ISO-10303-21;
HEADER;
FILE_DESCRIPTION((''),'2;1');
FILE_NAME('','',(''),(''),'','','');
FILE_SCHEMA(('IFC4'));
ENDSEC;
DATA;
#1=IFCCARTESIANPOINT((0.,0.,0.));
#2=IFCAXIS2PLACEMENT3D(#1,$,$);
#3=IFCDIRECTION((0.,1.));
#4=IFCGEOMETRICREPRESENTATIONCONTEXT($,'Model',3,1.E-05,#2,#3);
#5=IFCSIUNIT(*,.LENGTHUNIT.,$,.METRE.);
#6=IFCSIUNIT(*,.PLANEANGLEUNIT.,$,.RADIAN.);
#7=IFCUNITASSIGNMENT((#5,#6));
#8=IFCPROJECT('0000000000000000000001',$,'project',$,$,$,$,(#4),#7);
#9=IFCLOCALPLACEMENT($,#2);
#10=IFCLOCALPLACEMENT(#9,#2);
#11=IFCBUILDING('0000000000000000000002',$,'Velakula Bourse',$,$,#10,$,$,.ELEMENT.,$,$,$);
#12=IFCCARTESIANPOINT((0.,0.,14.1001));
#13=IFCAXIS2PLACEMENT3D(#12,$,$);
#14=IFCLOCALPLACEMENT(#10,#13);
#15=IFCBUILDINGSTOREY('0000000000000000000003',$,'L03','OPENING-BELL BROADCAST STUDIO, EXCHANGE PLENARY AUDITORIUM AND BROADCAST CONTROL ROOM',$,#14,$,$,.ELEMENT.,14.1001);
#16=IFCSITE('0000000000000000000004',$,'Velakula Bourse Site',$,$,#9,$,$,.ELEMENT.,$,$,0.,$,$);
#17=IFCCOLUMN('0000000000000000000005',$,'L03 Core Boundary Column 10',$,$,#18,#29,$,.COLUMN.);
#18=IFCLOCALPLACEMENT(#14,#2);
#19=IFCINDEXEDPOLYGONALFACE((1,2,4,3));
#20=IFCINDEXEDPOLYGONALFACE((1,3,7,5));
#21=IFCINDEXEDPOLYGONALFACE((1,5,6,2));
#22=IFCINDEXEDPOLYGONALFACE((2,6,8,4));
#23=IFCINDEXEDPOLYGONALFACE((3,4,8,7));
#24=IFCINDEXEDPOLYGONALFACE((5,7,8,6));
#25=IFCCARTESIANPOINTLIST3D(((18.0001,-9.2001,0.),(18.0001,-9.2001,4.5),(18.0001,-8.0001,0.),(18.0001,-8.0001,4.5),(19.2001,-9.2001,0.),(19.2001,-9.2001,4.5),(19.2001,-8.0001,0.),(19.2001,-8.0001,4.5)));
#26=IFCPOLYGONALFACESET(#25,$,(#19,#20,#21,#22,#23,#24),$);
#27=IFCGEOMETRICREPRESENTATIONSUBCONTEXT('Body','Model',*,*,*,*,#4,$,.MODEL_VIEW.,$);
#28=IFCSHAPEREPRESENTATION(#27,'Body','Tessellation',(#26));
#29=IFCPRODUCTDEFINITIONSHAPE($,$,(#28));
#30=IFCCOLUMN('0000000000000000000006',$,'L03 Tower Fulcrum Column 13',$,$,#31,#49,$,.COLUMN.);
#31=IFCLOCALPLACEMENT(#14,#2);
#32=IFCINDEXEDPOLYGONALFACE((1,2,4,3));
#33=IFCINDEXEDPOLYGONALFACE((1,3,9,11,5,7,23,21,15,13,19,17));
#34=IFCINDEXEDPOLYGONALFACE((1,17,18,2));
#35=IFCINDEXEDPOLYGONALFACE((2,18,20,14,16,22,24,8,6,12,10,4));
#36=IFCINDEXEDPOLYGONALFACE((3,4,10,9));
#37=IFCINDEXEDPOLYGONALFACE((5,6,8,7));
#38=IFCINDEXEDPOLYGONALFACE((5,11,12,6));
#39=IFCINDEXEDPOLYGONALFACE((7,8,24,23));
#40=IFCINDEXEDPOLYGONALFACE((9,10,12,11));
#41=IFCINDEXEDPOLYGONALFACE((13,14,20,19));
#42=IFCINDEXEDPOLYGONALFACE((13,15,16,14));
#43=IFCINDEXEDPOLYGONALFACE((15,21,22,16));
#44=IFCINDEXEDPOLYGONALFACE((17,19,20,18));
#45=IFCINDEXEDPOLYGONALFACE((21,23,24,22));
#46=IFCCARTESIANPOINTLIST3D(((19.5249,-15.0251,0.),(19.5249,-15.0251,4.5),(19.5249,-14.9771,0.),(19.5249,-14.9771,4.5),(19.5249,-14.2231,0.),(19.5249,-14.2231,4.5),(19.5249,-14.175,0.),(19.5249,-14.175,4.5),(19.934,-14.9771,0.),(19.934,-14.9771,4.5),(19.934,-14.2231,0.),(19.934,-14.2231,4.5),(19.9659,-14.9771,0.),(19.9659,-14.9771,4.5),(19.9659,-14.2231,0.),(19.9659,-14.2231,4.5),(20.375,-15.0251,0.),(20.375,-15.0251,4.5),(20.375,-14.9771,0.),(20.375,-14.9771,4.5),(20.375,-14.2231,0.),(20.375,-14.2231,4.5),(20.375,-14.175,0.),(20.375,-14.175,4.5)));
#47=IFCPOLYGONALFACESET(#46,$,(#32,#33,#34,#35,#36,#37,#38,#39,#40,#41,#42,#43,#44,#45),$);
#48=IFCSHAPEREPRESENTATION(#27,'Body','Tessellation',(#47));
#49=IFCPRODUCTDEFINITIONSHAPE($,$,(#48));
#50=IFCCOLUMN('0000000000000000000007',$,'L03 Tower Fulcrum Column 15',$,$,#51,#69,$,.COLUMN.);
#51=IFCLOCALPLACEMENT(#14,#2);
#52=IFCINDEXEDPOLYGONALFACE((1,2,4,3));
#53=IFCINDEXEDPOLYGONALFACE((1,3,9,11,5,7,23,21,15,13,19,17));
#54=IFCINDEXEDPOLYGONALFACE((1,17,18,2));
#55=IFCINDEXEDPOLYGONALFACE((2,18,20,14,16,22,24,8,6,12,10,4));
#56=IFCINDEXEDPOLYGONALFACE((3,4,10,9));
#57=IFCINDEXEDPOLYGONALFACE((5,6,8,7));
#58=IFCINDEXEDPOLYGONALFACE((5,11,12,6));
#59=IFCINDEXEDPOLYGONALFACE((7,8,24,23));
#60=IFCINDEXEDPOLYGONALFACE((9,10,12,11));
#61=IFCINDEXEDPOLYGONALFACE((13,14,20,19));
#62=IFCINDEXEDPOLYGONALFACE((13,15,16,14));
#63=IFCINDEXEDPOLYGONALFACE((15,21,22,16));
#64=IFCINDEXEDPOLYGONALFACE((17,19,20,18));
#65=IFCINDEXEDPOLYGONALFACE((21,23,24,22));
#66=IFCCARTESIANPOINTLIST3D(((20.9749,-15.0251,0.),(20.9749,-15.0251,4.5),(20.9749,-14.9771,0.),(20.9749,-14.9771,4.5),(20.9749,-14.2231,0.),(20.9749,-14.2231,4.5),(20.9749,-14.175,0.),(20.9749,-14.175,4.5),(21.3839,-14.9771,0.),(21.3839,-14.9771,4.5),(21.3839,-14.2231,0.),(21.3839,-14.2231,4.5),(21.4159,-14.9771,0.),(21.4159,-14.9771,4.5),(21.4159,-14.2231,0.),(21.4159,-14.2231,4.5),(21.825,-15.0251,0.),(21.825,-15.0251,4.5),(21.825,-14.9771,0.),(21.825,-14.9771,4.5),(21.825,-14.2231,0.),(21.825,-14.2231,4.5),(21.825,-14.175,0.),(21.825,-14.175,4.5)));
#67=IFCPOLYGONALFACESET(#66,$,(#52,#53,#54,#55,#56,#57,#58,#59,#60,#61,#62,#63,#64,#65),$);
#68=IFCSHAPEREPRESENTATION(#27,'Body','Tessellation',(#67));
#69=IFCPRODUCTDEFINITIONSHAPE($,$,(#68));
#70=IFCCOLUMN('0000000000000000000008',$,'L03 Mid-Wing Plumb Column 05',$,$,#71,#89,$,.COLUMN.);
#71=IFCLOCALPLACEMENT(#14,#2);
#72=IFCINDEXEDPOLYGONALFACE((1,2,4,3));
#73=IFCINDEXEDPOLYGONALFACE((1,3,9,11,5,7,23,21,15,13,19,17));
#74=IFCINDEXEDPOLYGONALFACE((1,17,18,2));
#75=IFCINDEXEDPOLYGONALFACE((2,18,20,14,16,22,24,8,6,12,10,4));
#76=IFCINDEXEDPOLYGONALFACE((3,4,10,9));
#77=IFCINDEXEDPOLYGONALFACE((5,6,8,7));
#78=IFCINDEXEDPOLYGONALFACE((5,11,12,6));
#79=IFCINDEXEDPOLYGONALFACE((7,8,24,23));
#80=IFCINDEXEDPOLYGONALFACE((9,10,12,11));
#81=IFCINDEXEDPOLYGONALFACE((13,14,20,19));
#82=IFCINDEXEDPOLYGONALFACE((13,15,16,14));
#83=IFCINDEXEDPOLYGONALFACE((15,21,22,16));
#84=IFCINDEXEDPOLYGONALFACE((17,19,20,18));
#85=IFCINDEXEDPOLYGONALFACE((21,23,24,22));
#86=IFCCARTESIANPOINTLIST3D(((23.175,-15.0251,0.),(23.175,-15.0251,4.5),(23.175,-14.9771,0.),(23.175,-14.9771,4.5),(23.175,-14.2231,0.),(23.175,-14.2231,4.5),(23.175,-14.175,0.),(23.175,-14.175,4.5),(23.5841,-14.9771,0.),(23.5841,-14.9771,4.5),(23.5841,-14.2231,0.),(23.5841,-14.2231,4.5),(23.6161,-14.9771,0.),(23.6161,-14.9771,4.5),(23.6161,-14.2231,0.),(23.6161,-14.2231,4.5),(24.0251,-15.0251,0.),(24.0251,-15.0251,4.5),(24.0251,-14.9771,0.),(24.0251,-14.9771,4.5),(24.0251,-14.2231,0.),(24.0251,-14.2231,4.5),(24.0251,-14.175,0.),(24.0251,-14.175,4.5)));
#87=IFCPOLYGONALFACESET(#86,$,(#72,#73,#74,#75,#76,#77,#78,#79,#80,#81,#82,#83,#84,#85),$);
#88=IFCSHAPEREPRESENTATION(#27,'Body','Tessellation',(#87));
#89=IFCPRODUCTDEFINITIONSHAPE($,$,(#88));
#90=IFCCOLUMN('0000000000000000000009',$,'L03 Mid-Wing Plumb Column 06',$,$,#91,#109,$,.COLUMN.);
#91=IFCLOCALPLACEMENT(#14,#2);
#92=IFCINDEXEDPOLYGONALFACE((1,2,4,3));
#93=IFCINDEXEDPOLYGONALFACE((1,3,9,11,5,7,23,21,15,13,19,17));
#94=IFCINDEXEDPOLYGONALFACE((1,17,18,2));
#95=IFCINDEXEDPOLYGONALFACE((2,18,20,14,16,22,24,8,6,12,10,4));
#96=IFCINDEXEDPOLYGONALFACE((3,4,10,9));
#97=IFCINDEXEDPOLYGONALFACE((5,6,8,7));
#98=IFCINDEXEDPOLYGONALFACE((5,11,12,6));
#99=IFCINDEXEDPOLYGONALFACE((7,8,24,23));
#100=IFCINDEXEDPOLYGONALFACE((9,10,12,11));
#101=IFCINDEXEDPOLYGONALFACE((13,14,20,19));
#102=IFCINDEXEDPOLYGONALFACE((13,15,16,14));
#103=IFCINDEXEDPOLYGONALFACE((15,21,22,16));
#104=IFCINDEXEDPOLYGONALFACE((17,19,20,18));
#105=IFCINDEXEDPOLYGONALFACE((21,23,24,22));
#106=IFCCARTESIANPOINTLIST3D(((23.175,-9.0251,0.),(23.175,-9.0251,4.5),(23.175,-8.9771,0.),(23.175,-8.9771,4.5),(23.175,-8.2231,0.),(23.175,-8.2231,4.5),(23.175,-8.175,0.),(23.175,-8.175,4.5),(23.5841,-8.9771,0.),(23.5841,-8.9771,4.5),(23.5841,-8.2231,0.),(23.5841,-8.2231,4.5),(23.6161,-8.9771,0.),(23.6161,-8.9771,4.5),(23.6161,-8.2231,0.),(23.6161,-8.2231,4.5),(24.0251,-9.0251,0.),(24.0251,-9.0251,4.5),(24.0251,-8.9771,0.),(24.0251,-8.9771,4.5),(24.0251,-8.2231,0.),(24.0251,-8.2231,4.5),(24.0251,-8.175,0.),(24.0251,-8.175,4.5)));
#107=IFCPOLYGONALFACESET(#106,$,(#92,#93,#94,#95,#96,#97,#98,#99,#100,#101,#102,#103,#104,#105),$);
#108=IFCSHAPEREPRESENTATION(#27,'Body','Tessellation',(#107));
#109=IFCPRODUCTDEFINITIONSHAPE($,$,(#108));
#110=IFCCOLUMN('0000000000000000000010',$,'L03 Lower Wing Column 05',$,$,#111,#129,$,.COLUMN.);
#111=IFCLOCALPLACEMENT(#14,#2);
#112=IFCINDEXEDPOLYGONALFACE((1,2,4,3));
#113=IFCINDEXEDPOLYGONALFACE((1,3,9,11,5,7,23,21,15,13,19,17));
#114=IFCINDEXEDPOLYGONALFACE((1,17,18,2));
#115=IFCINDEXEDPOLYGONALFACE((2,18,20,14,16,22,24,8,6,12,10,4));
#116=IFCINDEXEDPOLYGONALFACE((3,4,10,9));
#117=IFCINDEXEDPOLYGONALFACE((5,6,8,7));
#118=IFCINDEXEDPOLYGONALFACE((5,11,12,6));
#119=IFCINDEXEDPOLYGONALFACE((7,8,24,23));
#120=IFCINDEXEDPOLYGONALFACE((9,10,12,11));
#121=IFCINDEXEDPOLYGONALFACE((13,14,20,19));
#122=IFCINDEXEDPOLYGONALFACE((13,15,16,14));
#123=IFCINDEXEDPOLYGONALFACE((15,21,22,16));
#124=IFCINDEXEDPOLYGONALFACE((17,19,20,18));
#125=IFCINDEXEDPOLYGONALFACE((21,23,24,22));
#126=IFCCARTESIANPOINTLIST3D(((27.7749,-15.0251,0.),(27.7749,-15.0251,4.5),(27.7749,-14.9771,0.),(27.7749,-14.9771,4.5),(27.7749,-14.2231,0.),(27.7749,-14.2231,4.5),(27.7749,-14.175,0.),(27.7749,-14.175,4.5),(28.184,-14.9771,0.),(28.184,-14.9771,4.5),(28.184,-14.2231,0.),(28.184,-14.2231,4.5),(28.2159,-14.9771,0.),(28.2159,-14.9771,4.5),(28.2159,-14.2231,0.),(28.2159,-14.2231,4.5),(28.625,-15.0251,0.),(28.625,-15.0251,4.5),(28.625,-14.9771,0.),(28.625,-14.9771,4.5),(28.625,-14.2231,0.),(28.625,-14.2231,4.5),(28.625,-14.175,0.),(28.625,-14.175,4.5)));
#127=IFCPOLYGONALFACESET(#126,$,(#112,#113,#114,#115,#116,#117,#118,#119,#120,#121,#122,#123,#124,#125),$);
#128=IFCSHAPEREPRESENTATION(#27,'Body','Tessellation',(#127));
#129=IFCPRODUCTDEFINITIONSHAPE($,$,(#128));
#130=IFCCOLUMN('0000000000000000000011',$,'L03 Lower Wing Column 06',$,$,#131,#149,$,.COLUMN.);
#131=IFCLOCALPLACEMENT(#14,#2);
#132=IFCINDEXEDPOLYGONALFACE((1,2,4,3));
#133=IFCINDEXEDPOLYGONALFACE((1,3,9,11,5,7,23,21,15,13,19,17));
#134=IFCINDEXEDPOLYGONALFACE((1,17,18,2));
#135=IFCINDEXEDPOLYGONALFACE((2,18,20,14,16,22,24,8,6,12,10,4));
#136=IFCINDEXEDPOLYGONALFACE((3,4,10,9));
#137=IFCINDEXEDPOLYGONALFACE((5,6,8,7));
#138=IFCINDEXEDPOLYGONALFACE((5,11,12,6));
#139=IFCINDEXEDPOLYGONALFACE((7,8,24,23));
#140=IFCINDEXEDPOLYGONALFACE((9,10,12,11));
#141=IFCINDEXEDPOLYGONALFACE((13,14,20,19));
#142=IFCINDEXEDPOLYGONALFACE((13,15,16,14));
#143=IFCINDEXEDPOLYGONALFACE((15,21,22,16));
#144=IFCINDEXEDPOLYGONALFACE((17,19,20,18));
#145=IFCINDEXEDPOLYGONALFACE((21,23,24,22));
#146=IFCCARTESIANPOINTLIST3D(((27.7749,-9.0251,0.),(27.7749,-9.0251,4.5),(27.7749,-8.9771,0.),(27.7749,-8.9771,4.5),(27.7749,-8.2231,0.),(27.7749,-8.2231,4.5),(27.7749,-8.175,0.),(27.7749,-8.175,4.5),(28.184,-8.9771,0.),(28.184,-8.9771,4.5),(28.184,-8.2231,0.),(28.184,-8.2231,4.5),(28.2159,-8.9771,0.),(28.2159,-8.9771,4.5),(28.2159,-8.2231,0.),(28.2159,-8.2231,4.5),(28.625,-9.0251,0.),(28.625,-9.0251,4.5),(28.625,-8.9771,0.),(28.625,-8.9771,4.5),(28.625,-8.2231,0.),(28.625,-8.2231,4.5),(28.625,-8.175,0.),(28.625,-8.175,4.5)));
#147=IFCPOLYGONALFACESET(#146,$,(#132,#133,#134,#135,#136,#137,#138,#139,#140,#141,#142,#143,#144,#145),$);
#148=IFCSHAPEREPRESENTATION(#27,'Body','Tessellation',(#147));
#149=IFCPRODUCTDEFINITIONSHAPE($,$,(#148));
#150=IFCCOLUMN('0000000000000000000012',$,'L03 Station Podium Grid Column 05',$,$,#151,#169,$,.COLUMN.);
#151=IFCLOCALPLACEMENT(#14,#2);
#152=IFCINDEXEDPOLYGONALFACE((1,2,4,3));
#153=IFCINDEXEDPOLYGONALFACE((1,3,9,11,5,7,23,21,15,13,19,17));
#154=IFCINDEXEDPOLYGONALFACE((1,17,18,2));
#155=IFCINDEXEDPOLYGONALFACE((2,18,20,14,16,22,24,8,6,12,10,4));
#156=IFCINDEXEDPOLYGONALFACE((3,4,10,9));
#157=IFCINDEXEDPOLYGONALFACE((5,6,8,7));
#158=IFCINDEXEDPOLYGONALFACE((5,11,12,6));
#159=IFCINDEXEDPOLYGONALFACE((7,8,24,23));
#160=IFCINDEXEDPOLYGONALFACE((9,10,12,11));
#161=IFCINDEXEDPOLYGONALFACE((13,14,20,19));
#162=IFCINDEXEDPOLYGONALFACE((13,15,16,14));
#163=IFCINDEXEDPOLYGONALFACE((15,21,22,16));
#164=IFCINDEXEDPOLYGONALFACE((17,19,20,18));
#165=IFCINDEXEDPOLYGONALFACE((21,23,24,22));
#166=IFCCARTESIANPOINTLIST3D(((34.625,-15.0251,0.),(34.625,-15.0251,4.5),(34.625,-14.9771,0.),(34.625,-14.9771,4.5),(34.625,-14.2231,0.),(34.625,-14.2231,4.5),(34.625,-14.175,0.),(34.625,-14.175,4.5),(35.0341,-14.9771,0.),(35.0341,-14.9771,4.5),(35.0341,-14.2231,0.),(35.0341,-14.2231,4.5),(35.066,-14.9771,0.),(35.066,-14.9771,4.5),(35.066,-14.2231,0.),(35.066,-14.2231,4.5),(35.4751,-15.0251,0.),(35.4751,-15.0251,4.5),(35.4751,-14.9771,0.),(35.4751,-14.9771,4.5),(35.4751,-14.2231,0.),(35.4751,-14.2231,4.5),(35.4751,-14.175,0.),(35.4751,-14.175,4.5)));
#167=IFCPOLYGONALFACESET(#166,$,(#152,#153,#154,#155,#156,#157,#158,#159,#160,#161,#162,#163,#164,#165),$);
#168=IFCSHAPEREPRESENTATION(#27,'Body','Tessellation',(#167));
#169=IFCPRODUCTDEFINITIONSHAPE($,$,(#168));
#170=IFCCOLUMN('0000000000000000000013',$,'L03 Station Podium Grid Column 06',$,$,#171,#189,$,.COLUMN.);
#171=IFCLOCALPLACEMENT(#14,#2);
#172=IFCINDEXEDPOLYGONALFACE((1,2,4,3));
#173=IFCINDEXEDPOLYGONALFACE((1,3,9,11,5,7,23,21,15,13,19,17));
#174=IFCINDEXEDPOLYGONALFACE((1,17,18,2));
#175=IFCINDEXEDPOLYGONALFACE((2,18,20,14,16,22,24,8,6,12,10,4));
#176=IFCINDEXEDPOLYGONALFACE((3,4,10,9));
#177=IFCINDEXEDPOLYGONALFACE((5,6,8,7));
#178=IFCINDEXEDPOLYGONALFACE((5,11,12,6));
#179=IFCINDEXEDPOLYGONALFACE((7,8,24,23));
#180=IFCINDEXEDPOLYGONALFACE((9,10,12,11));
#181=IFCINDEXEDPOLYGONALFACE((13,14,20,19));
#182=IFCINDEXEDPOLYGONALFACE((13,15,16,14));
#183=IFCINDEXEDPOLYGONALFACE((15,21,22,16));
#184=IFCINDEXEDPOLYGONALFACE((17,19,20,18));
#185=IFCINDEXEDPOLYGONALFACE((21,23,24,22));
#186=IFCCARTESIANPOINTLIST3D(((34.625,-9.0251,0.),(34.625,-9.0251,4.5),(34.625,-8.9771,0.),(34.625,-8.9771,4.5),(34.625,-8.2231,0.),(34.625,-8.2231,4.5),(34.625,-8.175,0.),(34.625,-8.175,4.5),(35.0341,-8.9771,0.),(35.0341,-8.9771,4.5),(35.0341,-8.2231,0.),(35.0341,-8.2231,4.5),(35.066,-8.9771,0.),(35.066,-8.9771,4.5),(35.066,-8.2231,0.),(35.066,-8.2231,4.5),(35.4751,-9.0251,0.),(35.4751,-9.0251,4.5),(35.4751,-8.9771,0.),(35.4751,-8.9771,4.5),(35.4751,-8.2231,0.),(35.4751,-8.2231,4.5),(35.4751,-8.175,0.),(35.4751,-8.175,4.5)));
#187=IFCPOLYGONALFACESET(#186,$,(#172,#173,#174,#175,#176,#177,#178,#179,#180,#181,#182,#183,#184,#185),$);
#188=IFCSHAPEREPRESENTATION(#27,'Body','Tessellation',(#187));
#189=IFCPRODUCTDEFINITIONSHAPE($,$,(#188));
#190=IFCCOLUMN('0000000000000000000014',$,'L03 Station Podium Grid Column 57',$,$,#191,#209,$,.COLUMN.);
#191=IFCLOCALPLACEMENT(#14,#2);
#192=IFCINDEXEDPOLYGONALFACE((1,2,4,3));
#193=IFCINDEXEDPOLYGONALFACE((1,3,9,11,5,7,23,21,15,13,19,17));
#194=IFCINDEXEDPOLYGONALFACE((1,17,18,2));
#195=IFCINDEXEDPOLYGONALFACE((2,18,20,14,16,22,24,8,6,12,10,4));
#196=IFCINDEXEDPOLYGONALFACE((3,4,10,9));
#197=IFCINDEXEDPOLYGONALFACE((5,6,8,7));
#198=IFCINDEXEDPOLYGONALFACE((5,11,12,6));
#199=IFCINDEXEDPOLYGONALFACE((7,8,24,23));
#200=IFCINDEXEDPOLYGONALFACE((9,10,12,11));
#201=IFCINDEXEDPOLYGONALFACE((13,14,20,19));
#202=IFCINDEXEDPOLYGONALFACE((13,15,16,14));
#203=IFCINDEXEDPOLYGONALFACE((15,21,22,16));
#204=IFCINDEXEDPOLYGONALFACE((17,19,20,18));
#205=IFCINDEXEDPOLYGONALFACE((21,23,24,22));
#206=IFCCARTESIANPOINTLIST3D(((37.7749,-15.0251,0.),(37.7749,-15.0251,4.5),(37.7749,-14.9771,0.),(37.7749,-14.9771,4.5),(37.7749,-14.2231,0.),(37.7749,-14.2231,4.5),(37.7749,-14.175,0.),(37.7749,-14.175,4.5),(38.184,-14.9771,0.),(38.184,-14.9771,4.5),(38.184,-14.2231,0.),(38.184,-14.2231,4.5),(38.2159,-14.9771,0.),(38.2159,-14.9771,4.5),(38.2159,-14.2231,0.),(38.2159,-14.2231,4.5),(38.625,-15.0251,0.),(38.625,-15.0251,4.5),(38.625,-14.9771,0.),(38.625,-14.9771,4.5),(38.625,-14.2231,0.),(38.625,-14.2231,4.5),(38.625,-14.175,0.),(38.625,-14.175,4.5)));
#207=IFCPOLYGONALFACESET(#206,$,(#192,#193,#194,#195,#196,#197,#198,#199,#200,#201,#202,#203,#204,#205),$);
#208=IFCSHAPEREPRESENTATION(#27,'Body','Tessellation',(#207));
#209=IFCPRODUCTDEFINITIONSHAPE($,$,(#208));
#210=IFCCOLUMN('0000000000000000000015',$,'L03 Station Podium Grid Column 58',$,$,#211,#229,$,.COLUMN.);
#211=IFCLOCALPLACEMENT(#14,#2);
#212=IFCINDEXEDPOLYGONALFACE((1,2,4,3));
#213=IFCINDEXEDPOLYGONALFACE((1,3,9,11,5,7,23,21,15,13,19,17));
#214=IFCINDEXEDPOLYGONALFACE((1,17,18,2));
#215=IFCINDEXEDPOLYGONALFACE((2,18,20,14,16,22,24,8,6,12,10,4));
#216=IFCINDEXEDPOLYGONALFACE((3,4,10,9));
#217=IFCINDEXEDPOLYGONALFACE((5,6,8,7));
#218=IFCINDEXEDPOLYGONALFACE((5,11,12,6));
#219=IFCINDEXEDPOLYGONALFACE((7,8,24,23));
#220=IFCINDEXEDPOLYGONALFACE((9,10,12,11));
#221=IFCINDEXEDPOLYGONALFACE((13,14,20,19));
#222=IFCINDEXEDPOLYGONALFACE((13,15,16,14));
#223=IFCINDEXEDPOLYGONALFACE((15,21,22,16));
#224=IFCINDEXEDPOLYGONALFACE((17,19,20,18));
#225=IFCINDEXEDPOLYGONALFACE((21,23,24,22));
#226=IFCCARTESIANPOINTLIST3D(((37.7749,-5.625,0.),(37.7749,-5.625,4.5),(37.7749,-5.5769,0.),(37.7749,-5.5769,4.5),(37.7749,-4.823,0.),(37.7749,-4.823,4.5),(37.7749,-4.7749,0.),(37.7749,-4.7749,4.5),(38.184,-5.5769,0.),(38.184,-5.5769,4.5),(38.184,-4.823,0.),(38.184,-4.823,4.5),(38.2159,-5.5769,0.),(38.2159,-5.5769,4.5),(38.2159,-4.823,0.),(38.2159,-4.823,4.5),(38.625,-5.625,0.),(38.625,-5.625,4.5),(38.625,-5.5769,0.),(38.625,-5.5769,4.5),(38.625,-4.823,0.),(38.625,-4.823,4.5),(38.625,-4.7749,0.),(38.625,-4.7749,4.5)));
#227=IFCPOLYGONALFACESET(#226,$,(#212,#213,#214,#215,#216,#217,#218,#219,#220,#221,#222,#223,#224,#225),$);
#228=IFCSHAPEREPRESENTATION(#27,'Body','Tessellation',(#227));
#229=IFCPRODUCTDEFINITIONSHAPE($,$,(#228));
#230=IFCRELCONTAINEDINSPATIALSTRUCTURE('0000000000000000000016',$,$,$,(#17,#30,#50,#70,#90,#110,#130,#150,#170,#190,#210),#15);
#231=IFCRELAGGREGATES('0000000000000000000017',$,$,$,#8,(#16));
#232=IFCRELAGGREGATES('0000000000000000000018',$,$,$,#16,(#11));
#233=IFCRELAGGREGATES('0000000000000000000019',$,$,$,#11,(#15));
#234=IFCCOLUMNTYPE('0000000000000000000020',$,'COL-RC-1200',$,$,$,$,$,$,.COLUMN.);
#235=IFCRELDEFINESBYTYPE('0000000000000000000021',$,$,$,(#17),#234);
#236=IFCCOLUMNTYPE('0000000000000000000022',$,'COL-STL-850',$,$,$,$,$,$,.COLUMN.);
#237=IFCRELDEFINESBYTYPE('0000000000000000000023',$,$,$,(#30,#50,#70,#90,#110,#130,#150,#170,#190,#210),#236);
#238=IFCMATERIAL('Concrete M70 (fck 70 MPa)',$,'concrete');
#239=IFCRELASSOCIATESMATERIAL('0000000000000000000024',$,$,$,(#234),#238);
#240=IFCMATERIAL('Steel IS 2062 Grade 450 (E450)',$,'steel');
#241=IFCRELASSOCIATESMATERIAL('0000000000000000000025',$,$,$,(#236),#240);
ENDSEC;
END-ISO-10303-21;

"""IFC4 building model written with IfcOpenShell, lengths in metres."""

from ifc_helpers import new_model, si_unit, direction, frame, origin, origin_2d, place, context, subcontext, project, spatial, rectangle, i_section, extrude, material, material_profile, profile_set, type_object, element, save


model = new_model("IFC4")

# Units and contexts
model_context = context("Model", 3, precision=1e-05, world=origin(), true_north=direction((0.0, 1.0)))
body_context = subcontext(model_context, "Body", "Model", "MODEL_VIEW")
ifc_project = project(units=[si_unit("LENGTHUNIT", "METRE"), si_unit("PLANEANGLEUNIT", "RADIAN")], contexts=[model_context])

# Site, building, storey
site_placement = place(None, origin())
site = spatial("IfcSite", under=ifc_project, at=site_placement, Name="Velakula Bourse Site", CompositionType="ELEMENT", RefElevation=0.0)
building_placement = place(site_placement, origin())
building = spatial("IfcBuilding", under=site, at=building_placement, Name="Velakula Bourse", CompositionType="ELEMENT")
storey_placement = place(building_placement, frame((0.0, 0.0, 14.1001)))
storey = spatial("IfcBuildingStorey", under=building, at=storey_placement, Name="L03", Description="OPENING-BELL BROADCAST STUDIO, EXCHANGE PLENARY AUDITORIUM AND BROADCAST CONTROL ROOM", CompositionType="ELEMENT", Elevation=14.1001)

# Columns
ifc_material_1 = material(Name="Concrete M70 (fck 70 MPa)", Category="concrete")
ifc_material_profile_1 = material_profile(ifc_material_1, rectangle(XDim=1.2, YDim=1.2, at=origin_2d()), Name="Concrete M70 (fck 70 MPa)")
ifc_profile_set_1 = profile_set([ifc_material_profile_1], Name="Concrete M70 (fck 70 MPa)")
column_type_1 = type_object("IfcColumnType", Name="COL-RC-1200", PredefinedType="COLUMN", material=ifc_profile_set_1)
column_placement = place(storey_placement, frame((18.6001, -8.6001, 0.0), z_axis=(0.0, 0.0, 1.0), x_axis=(1.0, 0.0, 0.0)))
element("IfcColumn", 1, at=column_placement, inside=storey, type_object=column_type_1, Name="L03 Core Boundary Column 10", PredefinedType="COLUMN", context=body_context, shape_type="SweptSolid", body=[
    extrude(rectangle(XDim=1.2, YDim=1.2, at=origin_2d()), origin(), (0.0, 0.0, 1.0), 4.5),
])
ifc_material_2 = material(Name="Steel IS 2062 Grade 450 (E450)", Category="steel")
ifc_material_profile_2 = material_profile(ifc_material_2, i_section(OverallWidth=0.8501, OverallDepth=0.8501, WebThickness=0.032, FlangeThickness=0.0481, at=origin_2d()), Name="Steel IS 2062 Grade 450 (E450)")
ifc_profile_set_2 = profile_set([ifc_material_profile_2], Name="Steel IS 2062 Grade 450 (E450)")
column_type_2 = type_object("IfcColumnType", Name="COL-STL-850", PredefinedType="COLUMN", material=ifc_profile_set_2)
for number, where, z_axis, x_axis, name in (
    (2, (19.95, -14.6001, 0.0), (0.0, 0.0, 1.0), (1.0, 0.0, 0.0), "L03 Tower Fulcrum Column 13"),
    (3, (21.3999, -14.6001, 0.0), (0.0, 0.0, 1.0), (1.0, 0.0, 0.0), "L03 Tower Fulcrum Column 15"),
    (4, (23.6001, -14.6001, 0.0), (0.0, 0.0, 1.0), (1.0, 0.0, 0.0), "L03 Mid-Wing Plumb Column 05"),
    (5, (23.6001, -8.6001, 0.0), (0.0, 0.0, 1.0), (1.0, 0.0, 0.0), "L03 Mid-Wing Plumb Column 06"),
    (6, (28.2, -14.6001, 0.0), (0.0, 0.0, 1.0), (1.0, 0.0, 0.0), "L03 Lower Wing Column 05"),
    (7, (28.2, -8.6001, 0.0), (0.0, 0.0, 1.0), (1.0, 0.0, 0.0), "L03 Lower Wing Column 06"),
    (8, (35.05, -14.6001, 0.0), (0.0, 0.0, 1.0), (1.0, 0.0, 0.0), "L03 Station Podium Grid Column 05"),
    (9, (35.05, -8.6001, 0.0), (0.0, 0.0, 1.0), (1.0, 0.0, 0.0), "L03 Station Podium Grid Column 06"),
    (10, (38.2, -14.6001, 0.0), (0.0, 0.0, 1.0), (1.0, 0.0, 0.0), "L03 Station Podium Grid Column 57"),
    (11, (38.2, -5.2, 0.0), (0.0, 0.0, 1.0), (1.0, 0.0, 0.0), "L03 Station Podium Grid Column 58"),
):
    element("IfcColumn", number, at=place(storey_placement, frame(where, z_axis=z_axis, x_axis=x_axis)), inside=storey, type_object=column_type_2, Name=name, PredefinedType="COLUMN", context=body_context, shape_type="SweptSolid", body=[
        extrude(i_section(OverallWidth=0.8501, OverallDepth=0.8501, WebThickness=0.032, FlangeThickness=0.0481, at=origin_2d()), origin(), (0.0, 0.0, 1.0), 4.5),
    ])

save(model, "model.ifc")
